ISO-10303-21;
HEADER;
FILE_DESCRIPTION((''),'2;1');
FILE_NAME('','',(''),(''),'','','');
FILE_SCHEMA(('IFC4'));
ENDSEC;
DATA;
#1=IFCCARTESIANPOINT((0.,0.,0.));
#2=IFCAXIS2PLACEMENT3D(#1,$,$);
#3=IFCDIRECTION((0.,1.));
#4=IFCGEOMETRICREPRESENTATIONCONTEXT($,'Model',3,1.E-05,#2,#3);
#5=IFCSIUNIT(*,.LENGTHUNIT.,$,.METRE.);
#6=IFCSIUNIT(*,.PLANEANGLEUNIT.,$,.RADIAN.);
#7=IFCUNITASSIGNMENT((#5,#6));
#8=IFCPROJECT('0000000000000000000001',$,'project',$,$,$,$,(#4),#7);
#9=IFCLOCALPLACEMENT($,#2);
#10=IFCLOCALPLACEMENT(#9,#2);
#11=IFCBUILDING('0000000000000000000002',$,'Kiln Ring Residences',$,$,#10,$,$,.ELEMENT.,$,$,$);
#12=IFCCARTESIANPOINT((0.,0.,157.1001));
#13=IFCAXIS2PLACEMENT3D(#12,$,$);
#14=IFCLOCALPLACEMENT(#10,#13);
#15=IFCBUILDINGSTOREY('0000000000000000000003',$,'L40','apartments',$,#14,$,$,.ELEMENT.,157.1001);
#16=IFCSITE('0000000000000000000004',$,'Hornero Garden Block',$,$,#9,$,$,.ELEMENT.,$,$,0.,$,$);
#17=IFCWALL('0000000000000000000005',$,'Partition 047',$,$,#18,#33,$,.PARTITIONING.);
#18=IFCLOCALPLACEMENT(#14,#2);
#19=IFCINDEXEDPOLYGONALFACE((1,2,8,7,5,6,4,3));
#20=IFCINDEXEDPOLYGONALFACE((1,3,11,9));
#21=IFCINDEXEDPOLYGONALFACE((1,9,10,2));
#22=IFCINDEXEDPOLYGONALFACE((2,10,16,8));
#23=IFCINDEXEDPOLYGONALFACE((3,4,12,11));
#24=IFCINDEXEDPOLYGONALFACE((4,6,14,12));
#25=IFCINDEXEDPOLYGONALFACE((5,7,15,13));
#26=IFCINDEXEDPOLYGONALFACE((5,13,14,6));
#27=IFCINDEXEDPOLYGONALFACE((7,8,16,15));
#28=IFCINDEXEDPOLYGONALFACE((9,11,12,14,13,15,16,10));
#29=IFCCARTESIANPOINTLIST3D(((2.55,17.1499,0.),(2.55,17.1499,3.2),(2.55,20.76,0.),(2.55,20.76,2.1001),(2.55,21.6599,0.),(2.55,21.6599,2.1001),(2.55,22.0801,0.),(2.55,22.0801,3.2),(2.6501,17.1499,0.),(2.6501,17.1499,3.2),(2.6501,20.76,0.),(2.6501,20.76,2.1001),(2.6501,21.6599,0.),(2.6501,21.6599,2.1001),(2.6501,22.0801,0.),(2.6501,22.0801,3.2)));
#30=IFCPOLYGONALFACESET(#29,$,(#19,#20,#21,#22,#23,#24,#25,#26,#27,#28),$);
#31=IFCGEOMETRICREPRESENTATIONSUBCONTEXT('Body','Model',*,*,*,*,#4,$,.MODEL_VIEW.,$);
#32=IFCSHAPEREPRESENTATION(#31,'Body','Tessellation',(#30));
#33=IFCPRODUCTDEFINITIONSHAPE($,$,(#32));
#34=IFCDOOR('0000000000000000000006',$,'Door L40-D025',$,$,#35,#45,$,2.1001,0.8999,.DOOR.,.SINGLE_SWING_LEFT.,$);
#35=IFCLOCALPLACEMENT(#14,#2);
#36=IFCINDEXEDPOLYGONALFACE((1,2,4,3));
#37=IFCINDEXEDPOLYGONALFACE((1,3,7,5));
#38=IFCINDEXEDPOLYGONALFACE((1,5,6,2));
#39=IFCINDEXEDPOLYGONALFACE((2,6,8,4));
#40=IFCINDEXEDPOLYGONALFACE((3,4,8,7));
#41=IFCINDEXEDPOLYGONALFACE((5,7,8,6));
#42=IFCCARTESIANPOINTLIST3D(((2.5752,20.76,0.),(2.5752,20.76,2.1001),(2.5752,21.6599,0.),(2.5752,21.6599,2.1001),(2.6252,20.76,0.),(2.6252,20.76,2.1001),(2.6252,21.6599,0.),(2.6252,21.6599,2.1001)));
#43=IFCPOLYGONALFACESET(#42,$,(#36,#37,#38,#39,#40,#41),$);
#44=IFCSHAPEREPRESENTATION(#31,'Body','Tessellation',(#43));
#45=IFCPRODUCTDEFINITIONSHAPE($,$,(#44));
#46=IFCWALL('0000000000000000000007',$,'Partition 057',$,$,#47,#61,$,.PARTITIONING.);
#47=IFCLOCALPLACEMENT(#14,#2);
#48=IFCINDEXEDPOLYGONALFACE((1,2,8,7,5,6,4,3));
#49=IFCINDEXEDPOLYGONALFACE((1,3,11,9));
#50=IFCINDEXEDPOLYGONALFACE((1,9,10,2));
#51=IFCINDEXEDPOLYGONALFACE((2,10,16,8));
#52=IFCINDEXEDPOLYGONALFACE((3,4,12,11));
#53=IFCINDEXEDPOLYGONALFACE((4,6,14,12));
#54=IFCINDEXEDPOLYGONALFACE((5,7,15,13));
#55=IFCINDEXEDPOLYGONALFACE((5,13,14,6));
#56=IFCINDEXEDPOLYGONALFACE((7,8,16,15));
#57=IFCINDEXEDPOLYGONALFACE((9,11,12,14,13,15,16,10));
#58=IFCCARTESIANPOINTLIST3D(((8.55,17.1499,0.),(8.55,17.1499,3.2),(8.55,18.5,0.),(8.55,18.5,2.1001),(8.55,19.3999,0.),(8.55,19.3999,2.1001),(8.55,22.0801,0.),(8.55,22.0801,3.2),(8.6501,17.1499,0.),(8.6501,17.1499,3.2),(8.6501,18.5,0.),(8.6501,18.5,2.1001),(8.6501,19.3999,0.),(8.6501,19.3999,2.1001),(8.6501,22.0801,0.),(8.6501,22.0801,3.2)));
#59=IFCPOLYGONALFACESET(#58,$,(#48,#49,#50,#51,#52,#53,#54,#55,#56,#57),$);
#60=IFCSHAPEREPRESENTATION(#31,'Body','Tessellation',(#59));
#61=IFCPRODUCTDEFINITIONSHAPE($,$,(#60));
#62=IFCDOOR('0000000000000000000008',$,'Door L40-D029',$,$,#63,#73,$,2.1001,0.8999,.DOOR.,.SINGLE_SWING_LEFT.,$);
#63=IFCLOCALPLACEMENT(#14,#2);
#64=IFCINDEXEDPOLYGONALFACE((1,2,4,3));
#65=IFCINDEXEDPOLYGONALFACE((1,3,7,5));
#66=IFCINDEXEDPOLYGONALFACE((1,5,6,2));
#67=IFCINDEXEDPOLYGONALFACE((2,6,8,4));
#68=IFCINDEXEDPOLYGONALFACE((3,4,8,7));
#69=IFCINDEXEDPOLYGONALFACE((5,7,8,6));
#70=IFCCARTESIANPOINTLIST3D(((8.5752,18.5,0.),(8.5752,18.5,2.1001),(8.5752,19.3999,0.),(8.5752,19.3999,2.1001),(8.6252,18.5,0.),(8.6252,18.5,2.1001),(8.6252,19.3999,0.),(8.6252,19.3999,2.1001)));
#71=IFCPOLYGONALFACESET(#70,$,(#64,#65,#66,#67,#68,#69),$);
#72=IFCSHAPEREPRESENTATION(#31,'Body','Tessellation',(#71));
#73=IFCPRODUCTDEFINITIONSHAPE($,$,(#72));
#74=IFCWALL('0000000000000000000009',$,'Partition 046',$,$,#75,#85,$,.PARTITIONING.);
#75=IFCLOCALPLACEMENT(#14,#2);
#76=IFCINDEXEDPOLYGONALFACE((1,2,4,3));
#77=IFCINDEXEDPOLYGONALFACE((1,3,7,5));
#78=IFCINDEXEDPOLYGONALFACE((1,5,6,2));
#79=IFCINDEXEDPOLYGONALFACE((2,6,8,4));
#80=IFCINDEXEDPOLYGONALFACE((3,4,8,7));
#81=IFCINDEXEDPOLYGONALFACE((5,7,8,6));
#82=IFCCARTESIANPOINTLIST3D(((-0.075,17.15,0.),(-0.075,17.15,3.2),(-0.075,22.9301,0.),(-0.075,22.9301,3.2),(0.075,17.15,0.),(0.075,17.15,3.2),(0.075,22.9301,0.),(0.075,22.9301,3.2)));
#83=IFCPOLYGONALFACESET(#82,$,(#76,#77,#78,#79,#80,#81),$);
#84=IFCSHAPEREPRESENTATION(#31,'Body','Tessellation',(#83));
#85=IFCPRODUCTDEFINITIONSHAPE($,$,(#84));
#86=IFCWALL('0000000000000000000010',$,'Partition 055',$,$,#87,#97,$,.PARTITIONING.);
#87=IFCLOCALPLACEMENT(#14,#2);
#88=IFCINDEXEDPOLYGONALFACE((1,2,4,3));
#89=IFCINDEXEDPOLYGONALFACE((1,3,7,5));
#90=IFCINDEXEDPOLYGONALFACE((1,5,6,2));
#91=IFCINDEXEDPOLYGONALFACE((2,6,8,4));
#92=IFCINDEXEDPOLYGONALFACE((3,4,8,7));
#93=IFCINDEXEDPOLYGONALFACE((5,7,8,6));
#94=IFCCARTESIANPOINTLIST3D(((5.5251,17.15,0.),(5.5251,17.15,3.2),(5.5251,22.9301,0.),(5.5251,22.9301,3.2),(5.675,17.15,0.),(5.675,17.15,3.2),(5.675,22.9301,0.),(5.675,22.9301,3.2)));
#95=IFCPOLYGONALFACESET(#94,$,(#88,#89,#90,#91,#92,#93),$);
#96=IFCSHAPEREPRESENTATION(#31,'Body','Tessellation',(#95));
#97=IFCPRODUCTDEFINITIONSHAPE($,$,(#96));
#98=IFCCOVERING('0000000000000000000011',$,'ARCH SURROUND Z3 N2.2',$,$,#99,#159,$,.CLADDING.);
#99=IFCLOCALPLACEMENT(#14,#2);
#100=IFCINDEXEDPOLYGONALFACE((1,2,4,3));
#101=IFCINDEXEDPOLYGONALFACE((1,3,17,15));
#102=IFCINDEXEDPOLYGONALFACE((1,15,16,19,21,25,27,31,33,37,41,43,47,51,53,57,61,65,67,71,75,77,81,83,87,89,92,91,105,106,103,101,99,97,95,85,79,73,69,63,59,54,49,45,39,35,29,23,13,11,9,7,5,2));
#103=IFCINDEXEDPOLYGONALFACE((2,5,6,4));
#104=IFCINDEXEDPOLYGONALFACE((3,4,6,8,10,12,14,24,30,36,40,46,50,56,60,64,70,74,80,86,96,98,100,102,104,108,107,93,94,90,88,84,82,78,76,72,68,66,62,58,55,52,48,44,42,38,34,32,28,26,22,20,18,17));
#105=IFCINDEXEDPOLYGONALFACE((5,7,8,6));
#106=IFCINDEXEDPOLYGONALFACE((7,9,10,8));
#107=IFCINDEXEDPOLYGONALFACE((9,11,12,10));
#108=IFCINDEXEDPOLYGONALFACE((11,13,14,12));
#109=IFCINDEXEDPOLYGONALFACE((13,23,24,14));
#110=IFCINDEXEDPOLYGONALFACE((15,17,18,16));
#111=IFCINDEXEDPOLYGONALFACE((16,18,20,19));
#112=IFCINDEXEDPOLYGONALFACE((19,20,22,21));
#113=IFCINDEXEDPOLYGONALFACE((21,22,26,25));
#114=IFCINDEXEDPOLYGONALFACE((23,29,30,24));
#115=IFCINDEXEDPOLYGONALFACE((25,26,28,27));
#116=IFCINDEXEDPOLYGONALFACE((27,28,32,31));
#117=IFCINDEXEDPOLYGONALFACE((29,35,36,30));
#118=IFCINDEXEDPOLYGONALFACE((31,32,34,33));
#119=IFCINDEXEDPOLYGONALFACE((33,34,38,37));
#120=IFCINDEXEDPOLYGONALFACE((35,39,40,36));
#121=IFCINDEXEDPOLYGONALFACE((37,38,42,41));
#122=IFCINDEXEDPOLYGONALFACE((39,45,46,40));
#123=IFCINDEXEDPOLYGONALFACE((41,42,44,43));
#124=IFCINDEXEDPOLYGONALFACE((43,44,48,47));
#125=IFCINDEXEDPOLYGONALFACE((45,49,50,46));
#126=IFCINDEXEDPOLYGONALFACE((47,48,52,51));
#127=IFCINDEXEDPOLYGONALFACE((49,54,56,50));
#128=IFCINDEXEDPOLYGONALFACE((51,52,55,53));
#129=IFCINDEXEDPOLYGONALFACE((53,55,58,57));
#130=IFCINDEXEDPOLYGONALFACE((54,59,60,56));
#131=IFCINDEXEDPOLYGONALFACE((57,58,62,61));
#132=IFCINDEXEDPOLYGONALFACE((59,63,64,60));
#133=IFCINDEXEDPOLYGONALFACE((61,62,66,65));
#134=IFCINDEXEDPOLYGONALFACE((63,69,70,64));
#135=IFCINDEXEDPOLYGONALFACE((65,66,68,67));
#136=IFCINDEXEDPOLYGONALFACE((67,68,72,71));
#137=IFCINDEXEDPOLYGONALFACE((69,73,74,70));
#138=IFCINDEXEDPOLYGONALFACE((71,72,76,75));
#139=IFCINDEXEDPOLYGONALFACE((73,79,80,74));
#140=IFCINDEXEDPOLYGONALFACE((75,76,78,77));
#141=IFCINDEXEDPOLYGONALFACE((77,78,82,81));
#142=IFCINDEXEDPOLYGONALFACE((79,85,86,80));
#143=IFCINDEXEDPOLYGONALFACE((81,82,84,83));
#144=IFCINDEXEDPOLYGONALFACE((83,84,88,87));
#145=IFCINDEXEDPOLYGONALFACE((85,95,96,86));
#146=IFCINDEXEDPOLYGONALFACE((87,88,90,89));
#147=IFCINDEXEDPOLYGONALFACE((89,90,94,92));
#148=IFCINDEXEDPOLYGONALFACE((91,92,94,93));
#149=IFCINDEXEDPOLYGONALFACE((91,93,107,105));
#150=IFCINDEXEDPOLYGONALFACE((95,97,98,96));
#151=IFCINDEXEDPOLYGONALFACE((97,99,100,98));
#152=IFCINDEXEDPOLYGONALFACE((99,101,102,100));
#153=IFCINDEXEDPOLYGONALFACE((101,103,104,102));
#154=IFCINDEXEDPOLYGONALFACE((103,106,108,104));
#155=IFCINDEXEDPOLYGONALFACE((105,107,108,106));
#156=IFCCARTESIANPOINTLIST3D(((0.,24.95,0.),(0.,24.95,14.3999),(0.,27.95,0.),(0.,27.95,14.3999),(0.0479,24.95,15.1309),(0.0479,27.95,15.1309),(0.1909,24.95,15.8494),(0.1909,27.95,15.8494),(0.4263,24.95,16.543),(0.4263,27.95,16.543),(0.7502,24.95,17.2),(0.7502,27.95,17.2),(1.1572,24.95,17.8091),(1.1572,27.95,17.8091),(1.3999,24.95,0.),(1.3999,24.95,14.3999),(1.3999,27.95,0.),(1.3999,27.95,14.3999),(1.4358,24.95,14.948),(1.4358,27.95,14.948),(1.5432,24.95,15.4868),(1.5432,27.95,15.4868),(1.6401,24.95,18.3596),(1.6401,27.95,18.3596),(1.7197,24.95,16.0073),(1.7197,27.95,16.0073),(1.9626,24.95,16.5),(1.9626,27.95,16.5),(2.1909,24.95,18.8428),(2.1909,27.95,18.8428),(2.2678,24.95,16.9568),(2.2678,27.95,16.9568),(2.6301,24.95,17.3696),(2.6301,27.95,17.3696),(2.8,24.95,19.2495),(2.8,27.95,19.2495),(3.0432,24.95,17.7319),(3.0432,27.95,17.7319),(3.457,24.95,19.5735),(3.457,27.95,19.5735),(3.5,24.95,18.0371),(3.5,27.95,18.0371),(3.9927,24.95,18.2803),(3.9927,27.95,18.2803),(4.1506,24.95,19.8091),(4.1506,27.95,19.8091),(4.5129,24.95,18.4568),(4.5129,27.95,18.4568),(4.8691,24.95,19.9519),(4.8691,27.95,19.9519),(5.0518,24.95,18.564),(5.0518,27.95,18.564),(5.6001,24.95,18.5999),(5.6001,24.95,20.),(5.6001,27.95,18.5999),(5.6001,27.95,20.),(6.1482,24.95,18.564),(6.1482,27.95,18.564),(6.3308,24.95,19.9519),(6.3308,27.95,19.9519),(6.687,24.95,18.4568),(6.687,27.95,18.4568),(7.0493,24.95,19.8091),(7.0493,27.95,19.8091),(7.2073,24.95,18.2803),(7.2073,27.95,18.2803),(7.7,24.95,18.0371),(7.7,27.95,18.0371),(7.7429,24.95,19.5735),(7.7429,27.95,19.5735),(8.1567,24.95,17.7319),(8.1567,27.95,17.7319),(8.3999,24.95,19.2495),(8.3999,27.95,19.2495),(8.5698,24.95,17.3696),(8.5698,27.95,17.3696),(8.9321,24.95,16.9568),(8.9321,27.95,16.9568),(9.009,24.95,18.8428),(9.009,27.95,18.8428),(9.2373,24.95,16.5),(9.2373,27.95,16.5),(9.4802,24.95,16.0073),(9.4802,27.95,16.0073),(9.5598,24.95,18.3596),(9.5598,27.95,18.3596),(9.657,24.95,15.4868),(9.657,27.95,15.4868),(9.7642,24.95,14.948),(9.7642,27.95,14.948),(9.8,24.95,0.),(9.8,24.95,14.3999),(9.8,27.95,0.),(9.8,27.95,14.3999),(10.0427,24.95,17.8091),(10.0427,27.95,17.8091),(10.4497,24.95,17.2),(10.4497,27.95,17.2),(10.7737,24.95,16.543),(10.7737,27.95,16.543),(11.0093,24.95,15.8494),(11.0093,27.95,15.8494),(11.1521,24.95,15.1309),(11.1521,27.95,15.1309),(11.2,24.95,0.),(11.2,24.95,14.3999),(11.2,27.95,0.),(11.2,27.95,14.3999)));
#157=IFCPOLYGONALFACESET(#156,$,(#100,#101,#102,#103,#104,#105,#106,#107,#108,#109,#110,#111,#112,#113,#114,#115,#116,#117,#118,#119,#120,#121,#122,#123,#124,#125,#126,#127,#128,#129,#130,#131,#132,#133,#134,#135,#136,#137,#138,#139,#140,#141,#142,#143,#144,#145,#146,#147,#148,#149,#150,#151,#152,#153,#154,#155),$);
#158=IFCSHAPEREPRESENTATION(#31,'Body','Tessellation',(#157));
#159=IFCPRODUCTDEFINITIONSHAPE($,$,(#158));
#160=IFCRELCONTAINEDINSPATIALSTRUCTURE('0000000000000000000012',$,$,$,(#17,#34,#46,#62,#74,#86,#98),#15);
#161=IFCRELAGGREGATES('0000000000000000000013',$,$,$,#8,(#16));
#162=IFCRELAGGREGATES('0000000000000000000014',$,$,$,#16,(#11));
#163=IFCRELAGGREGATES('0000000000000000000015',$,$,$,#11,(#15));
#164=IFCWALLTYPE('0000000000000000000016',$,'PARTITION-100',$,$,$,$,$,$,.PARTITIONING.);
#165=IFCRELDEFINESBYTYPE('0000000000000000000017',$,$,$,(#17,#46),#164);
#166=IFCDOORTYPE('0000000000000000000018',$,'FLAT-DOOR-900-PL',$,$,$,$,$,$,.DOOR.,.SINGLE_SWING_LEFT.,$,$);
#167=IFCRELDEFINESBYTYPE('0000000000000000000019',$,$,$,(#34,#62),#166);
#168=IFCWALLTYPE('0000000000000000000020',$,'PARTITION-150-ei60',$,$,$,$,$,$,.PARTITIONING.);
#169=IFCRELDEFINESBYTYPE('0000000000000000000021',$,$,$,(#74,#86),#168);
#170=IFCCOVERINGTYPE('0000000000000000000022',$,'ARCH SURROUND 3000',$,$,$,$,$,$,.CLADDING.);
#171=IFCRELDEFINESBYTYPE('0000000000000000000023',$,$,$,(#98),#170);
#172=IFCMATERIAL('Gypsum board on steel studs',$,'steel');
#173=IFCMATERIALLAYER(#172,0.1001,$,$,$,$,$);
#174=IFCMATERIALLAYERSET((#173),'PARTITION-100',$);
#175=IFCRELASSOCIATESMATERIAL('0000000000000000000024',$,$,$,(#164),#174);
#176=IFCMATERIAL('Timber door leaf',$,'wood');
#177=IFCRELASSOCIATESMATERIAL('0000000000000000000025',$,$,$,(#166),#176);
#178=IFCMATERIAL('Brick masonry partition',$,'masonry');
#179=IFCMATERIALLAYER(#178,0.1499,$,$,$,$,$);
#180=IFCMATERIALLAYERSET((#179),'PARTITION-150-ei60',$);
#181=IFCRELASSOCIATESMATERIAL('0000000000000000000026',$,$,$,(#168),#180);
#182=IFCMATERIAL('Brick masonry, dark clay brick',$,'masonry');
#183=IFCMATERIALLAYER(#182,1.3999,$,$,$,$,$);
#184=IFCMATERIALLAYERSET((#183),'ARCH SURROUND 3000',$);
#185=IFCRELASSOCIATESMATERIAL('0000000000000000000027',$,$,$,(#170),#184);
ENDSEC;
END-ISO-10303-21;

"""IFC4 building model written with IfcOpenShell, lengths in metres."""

from ifc_helpers import new_model, si_unit, direction, frame, frame_2d, origin, place, context, subcontext, project, spatial, polyline, rectangle, outline, extrude, material, layer, layer_set, type_object, element, fill, save


model = new_model("IFC4")

# Units and contexts
model_context = context("Model", 3, precision=1e-05, world=origin(), true_north=direction((0.0, 1.0)))
body_context = subcontext(model_context, "Body", "Model", "MODEL_VIEW")
ifc_project = project(units=[si_unit("LENGTHUNIT", "METRE"), si_unit("PLANEANGLEUNIT", "RADIAN")], contexts=[model_context])

# Site, building, storey
site_placement = place(None, origin())
site = spatial("IfcSite", under=ifc_project, at=site_placement, Name="Hornero Garden Block", CompositionType="ELEMENT", RefElevation=0.0)
building_placement = place(site_placement, origin())
building = spatial("IfcBuilding", under=site, at=building_placement, Name="Kiln Ring Residences", CompositionType="ELEMENT")
storey_placement = place(building_placement, frame((0.0, 0.0, 157.1001)))
storey = spatial("IfcBuildingStorey", under=building, at=storey_placement, Name="L40", Description="apartments", CompositionType="ELEMENT", Elevation=157.1001)

# Walls, openings, doors
ifc_material_1 = material(Name="Gypsum board on steel studs", Category="steel")
ifc_layer_1 = layer(ifc_material_1, 0.1001)
ifc_layer_set_1 = layer_set([ifc_layer_1], Name="PARTITION-100")
wall_type_1 = type_object("IfcWallType", Name="PARTITION-100", PredefinedType="PARTITIONING", material=ifc_layer_set_1)
wall_1_placement = place(storey_placement, frame((2.6001, 17.1499, 0.0), z_axis=(0.0, 0.0, 1.0), x_axis=(0.0, 1.0, 0.0)))
wall_1 = element("IfcWall", 1, at=wall_1_placement, inside=storey, type_object=wall_type_1, Name="Partition 047", PredefinedType="PARTITIONING", context=body_context, shape_type="SweptSolid", body=[
    extrude(rectangle(XDim=4.9302, YDim=0.1001, at=frame_2d((2.4651, 0.0))), origin(), (0.0, 0.0, 1.0), 3.2),
])
opening_1_placement = place(wall_1_placement, frame((3.6101, 0.0, 0.0)))
opening_1 = element("IfcOpeningElement", 2, at=opening_1_placement, cuts=wall_1, PredefinedType="OPENING", context=body_context, shape_type="SweptSolid", body=[
    extrude(rectangle(XDim=0.8999, YDim=2.1001, at=frame_2d((0.45, 1.05))), frame((0.0, 0.0601, 0.0), z_axis=(0.0, -1.0, 0.0), x_axis=(1.0, 0.0, 0.0)), (0.0, 0.0, 1.0), 0.1201),
])
ifc_material_2 = material(Name="Timber door leaf", Category="wood")
door_type = type_object("IfcDoorType", Name="FLAT-DOOR-900-PL", OperationType="SINGLE_SWING_LEFT", PredefinedType="DOOR", material=ifc_material_2)
door_1_placement = place(opening_1_placement, origin())
door_1 = element("IfcDoor", 3, at=door_1_placement, inside=storey, type_object=door_type, Name="Door L40-D025", OperationType="SINGLE_SWING_LEFT", OverallHeight=2.1001, OverallWidth=0.8999, PredefinedType="DOOR", context=body_context, shape_type="SweptSolid", body=[
    extrude(rectangle(XDim=0.8999, YDim=2.1001, at=frame_2d((0.45, 1.05))), frame((0.0, 0.0249, 0.0), z_axis=(0.0, -1.0, 0.0), x_axis=(1.0, 0.0, 0.0)), (0.0, 0.0, 1.0), 0.05),
])
fill(opening_1, door_1)
wall_2_placement = place(storey_placement, frame((8.6001, 17.1499, 0.0), z_axis=(0.0, 0.0, 1.0), x_axis=(0.0, 1.0, 0.0)))
wall_2 = element("IfcWall", 4, at=wall_2_placement, inside=storey, type_object=wall_type_1, Name="Partition 057", PredefinedType="PARTITIONING", context=body_context, shape_type="SweptSolid", body=[
    extrude(rectangle(XDim=4.9302, YDim=0.1001, at=frame_2d((2.4651, 0.0))), origin(), (0.0, 0.0, 1.0), 3.2),
])
opening_2_placement = place(wall_2_placement, frame((1.3501, 0.0, 0.0)))
opening_2 = element("IfcOpeningElement", 5, at=opening_2_placement, cuts=wall_2, PredefinedType="OPENING", context=body_context, shape_type="SweptSolid", body=[
    extrude(rectangle(XDim=0.8999, YDim=2.1001, at=frame_2d((0.45, 1.05))), frame((0.0, 0.0601, 0.0), z_axis=(0.0, -1.0, 0.0), x_axis=(1.0, 0.0, 0.0)), (0.0, 0.0, 1.0), 0.1201),
])
door_2_placement = place(opening_2_placement, origin())
door_2 = element("IfcDoor", 6, at=door_2_placement, inside=storey, type_object=door_type, Name="Door L40-D029", OperationType="SINGLE_SWING_LEFT", OverallHeight=2.1001, OverallWidth=0.8999, PredefinedType="DOOR", context=body_context, shape_type="SweptSolid", body=[
    extrude(rectangle(XDim=0.8999, YDim=2.1001, at=frame_2d((0.45, 1.05))), frame((0.0, 0.0249, 0.0), z_axis=(0.0, -1.0, 0.0), x_axis=(1.0, 0.0, 0.0)), (0.0, 0.0, 1.0), 0.05),
])
fill(opening_2, door_2)

# Walls
ifc_material_3 = material(Name="Brick masonry partition", Category="masonry")
ifc_layer_2 = layer(ifc_material_3, 0.1499)
ifc_layer_set_2 = layer_set([ifc_layer_2], Name="PARTITION-150-ei60")
wall_type_2 = type_object("IfcWallType", Name="PARTITION-150-ei60", PredefinedType="PARTITIONING", material=ifc_layer_set_2)
for number, where, z_axis, x_axis, name in (
    (7, (0.0, 17.1499, 0.0), (0.0, 0.0, 1.0), (0.0, 1.0, 0.0), "Partition 046"),
    (8, (5.6001, 17.1499, 0.0), (0.0, 0.0, 1.0), (0.0, 1.0, 0.0), "Partition 055"),
):
    element("IfcWall", number, at=place(storey_placement, frame(where, z_axis=z_axis, x_axis=x_axis)), inside=storey, type_object=wall_type_2, Name=name, PredefinedType="PARTITIONING", context=body_context, shape_type="SweptSolid", body=[
        extrude(rectangle(XDim=5.78, YDim=0.1499, at=frame_2d((2.8901, 0.0))), origin(), (0.0, 0.0, 1.0), 3.2),
    ])

# Covering
ifc_material_4 = material(Name="Brick masonry, dark clay brick", Category="masonry")
ifc_layer_3 = layer(ifc_material_4, 1.3999)
ifc_layer_set_3 = layer_set([ifc_layer_3], Name="ARCH SURROUND 3000")
covering_type = type_object("IfcCoveringType", Name="ARCH SURROUND 3000", PredefinedType="CLADDING", material=ifc_layer_set_3)
covering_placement = place(storey_placement, frame((0.0, 26.45, 0.0), z_axis=(0.0, 0.0, 1.0), x_axis=(1.0, 0.0, 0.0)))
element("IfcCovering", 9, at=covering_placement, inside=storey, type_object=covering_type, Name="ARCH SURROUND Z3 N2.2", PredefinedType="CLADDING", context=body_context, shape_type="SweptSolid", body=[
    extrude(outline(polyline([(0.0, 0.0), (0.0, 14.3999), (0.0479, 15.1309), (0.1909, 15.8494), (0.4263, 16.543), (0.7502, 17.2), (1.1572, 17.8091), (1.6401, 18.3596), (2.1909, 18.8428), (2.8, 19.2495), (3.457, 19.5735), (4.1506, 19.8091), (4.8691, 19.9519), (5.6001, 20.0), (6.3308, 19.9519), (7.0493, 19.8091), (7.7429, 19.5735), (8.3999, 19.2495), (9.009, 18.8428), (9.5598, 18.3596), (10.0427, 17.8091), (10.4497, 17.2), (10.7737, 16.543), (11.0093, 15.8494), (11.1521, 15.1309), (11.2, 14.3999), (11.2, 0.0), (9.8, 0.0), (9.8, 14.3999), (9.7642, 14.948), (9.657, 15.4868), (9.4802, 16.0073), (9.2373, 16.5), (8.9321, 16.9568), (8.5698, 17.3696), (8.1567, 17.7319), (7.7, 18.0371), (7.2073, 18.2803), (6.687, 18.4568), (6.1482, 18.564), (5.6001, 18.5999), (5.0518, 18.564), (4.5129, 18.4568), (3.9927, 18.2803), (3.5, 18.0371), (3.0432, 17.7319), (2.6301, 17.3696), (2.2678, 16.9568), (1.9626, 16.5), (1.7197, 16.0073), (1.5432, 15.4868), (1.4358, 14.948), (1.3999, 14.3999), (1.3999, 0.0), (0.0, 0.0)])), frame((0.0, 1.5, 0.0), z_axis=(0.0, -1.0, 0.0), x_axis=(1.0, 0.0, 0.0)), (0.0, 0.0, 1.0), 3.0),
])

save(model, "model.ifc")
